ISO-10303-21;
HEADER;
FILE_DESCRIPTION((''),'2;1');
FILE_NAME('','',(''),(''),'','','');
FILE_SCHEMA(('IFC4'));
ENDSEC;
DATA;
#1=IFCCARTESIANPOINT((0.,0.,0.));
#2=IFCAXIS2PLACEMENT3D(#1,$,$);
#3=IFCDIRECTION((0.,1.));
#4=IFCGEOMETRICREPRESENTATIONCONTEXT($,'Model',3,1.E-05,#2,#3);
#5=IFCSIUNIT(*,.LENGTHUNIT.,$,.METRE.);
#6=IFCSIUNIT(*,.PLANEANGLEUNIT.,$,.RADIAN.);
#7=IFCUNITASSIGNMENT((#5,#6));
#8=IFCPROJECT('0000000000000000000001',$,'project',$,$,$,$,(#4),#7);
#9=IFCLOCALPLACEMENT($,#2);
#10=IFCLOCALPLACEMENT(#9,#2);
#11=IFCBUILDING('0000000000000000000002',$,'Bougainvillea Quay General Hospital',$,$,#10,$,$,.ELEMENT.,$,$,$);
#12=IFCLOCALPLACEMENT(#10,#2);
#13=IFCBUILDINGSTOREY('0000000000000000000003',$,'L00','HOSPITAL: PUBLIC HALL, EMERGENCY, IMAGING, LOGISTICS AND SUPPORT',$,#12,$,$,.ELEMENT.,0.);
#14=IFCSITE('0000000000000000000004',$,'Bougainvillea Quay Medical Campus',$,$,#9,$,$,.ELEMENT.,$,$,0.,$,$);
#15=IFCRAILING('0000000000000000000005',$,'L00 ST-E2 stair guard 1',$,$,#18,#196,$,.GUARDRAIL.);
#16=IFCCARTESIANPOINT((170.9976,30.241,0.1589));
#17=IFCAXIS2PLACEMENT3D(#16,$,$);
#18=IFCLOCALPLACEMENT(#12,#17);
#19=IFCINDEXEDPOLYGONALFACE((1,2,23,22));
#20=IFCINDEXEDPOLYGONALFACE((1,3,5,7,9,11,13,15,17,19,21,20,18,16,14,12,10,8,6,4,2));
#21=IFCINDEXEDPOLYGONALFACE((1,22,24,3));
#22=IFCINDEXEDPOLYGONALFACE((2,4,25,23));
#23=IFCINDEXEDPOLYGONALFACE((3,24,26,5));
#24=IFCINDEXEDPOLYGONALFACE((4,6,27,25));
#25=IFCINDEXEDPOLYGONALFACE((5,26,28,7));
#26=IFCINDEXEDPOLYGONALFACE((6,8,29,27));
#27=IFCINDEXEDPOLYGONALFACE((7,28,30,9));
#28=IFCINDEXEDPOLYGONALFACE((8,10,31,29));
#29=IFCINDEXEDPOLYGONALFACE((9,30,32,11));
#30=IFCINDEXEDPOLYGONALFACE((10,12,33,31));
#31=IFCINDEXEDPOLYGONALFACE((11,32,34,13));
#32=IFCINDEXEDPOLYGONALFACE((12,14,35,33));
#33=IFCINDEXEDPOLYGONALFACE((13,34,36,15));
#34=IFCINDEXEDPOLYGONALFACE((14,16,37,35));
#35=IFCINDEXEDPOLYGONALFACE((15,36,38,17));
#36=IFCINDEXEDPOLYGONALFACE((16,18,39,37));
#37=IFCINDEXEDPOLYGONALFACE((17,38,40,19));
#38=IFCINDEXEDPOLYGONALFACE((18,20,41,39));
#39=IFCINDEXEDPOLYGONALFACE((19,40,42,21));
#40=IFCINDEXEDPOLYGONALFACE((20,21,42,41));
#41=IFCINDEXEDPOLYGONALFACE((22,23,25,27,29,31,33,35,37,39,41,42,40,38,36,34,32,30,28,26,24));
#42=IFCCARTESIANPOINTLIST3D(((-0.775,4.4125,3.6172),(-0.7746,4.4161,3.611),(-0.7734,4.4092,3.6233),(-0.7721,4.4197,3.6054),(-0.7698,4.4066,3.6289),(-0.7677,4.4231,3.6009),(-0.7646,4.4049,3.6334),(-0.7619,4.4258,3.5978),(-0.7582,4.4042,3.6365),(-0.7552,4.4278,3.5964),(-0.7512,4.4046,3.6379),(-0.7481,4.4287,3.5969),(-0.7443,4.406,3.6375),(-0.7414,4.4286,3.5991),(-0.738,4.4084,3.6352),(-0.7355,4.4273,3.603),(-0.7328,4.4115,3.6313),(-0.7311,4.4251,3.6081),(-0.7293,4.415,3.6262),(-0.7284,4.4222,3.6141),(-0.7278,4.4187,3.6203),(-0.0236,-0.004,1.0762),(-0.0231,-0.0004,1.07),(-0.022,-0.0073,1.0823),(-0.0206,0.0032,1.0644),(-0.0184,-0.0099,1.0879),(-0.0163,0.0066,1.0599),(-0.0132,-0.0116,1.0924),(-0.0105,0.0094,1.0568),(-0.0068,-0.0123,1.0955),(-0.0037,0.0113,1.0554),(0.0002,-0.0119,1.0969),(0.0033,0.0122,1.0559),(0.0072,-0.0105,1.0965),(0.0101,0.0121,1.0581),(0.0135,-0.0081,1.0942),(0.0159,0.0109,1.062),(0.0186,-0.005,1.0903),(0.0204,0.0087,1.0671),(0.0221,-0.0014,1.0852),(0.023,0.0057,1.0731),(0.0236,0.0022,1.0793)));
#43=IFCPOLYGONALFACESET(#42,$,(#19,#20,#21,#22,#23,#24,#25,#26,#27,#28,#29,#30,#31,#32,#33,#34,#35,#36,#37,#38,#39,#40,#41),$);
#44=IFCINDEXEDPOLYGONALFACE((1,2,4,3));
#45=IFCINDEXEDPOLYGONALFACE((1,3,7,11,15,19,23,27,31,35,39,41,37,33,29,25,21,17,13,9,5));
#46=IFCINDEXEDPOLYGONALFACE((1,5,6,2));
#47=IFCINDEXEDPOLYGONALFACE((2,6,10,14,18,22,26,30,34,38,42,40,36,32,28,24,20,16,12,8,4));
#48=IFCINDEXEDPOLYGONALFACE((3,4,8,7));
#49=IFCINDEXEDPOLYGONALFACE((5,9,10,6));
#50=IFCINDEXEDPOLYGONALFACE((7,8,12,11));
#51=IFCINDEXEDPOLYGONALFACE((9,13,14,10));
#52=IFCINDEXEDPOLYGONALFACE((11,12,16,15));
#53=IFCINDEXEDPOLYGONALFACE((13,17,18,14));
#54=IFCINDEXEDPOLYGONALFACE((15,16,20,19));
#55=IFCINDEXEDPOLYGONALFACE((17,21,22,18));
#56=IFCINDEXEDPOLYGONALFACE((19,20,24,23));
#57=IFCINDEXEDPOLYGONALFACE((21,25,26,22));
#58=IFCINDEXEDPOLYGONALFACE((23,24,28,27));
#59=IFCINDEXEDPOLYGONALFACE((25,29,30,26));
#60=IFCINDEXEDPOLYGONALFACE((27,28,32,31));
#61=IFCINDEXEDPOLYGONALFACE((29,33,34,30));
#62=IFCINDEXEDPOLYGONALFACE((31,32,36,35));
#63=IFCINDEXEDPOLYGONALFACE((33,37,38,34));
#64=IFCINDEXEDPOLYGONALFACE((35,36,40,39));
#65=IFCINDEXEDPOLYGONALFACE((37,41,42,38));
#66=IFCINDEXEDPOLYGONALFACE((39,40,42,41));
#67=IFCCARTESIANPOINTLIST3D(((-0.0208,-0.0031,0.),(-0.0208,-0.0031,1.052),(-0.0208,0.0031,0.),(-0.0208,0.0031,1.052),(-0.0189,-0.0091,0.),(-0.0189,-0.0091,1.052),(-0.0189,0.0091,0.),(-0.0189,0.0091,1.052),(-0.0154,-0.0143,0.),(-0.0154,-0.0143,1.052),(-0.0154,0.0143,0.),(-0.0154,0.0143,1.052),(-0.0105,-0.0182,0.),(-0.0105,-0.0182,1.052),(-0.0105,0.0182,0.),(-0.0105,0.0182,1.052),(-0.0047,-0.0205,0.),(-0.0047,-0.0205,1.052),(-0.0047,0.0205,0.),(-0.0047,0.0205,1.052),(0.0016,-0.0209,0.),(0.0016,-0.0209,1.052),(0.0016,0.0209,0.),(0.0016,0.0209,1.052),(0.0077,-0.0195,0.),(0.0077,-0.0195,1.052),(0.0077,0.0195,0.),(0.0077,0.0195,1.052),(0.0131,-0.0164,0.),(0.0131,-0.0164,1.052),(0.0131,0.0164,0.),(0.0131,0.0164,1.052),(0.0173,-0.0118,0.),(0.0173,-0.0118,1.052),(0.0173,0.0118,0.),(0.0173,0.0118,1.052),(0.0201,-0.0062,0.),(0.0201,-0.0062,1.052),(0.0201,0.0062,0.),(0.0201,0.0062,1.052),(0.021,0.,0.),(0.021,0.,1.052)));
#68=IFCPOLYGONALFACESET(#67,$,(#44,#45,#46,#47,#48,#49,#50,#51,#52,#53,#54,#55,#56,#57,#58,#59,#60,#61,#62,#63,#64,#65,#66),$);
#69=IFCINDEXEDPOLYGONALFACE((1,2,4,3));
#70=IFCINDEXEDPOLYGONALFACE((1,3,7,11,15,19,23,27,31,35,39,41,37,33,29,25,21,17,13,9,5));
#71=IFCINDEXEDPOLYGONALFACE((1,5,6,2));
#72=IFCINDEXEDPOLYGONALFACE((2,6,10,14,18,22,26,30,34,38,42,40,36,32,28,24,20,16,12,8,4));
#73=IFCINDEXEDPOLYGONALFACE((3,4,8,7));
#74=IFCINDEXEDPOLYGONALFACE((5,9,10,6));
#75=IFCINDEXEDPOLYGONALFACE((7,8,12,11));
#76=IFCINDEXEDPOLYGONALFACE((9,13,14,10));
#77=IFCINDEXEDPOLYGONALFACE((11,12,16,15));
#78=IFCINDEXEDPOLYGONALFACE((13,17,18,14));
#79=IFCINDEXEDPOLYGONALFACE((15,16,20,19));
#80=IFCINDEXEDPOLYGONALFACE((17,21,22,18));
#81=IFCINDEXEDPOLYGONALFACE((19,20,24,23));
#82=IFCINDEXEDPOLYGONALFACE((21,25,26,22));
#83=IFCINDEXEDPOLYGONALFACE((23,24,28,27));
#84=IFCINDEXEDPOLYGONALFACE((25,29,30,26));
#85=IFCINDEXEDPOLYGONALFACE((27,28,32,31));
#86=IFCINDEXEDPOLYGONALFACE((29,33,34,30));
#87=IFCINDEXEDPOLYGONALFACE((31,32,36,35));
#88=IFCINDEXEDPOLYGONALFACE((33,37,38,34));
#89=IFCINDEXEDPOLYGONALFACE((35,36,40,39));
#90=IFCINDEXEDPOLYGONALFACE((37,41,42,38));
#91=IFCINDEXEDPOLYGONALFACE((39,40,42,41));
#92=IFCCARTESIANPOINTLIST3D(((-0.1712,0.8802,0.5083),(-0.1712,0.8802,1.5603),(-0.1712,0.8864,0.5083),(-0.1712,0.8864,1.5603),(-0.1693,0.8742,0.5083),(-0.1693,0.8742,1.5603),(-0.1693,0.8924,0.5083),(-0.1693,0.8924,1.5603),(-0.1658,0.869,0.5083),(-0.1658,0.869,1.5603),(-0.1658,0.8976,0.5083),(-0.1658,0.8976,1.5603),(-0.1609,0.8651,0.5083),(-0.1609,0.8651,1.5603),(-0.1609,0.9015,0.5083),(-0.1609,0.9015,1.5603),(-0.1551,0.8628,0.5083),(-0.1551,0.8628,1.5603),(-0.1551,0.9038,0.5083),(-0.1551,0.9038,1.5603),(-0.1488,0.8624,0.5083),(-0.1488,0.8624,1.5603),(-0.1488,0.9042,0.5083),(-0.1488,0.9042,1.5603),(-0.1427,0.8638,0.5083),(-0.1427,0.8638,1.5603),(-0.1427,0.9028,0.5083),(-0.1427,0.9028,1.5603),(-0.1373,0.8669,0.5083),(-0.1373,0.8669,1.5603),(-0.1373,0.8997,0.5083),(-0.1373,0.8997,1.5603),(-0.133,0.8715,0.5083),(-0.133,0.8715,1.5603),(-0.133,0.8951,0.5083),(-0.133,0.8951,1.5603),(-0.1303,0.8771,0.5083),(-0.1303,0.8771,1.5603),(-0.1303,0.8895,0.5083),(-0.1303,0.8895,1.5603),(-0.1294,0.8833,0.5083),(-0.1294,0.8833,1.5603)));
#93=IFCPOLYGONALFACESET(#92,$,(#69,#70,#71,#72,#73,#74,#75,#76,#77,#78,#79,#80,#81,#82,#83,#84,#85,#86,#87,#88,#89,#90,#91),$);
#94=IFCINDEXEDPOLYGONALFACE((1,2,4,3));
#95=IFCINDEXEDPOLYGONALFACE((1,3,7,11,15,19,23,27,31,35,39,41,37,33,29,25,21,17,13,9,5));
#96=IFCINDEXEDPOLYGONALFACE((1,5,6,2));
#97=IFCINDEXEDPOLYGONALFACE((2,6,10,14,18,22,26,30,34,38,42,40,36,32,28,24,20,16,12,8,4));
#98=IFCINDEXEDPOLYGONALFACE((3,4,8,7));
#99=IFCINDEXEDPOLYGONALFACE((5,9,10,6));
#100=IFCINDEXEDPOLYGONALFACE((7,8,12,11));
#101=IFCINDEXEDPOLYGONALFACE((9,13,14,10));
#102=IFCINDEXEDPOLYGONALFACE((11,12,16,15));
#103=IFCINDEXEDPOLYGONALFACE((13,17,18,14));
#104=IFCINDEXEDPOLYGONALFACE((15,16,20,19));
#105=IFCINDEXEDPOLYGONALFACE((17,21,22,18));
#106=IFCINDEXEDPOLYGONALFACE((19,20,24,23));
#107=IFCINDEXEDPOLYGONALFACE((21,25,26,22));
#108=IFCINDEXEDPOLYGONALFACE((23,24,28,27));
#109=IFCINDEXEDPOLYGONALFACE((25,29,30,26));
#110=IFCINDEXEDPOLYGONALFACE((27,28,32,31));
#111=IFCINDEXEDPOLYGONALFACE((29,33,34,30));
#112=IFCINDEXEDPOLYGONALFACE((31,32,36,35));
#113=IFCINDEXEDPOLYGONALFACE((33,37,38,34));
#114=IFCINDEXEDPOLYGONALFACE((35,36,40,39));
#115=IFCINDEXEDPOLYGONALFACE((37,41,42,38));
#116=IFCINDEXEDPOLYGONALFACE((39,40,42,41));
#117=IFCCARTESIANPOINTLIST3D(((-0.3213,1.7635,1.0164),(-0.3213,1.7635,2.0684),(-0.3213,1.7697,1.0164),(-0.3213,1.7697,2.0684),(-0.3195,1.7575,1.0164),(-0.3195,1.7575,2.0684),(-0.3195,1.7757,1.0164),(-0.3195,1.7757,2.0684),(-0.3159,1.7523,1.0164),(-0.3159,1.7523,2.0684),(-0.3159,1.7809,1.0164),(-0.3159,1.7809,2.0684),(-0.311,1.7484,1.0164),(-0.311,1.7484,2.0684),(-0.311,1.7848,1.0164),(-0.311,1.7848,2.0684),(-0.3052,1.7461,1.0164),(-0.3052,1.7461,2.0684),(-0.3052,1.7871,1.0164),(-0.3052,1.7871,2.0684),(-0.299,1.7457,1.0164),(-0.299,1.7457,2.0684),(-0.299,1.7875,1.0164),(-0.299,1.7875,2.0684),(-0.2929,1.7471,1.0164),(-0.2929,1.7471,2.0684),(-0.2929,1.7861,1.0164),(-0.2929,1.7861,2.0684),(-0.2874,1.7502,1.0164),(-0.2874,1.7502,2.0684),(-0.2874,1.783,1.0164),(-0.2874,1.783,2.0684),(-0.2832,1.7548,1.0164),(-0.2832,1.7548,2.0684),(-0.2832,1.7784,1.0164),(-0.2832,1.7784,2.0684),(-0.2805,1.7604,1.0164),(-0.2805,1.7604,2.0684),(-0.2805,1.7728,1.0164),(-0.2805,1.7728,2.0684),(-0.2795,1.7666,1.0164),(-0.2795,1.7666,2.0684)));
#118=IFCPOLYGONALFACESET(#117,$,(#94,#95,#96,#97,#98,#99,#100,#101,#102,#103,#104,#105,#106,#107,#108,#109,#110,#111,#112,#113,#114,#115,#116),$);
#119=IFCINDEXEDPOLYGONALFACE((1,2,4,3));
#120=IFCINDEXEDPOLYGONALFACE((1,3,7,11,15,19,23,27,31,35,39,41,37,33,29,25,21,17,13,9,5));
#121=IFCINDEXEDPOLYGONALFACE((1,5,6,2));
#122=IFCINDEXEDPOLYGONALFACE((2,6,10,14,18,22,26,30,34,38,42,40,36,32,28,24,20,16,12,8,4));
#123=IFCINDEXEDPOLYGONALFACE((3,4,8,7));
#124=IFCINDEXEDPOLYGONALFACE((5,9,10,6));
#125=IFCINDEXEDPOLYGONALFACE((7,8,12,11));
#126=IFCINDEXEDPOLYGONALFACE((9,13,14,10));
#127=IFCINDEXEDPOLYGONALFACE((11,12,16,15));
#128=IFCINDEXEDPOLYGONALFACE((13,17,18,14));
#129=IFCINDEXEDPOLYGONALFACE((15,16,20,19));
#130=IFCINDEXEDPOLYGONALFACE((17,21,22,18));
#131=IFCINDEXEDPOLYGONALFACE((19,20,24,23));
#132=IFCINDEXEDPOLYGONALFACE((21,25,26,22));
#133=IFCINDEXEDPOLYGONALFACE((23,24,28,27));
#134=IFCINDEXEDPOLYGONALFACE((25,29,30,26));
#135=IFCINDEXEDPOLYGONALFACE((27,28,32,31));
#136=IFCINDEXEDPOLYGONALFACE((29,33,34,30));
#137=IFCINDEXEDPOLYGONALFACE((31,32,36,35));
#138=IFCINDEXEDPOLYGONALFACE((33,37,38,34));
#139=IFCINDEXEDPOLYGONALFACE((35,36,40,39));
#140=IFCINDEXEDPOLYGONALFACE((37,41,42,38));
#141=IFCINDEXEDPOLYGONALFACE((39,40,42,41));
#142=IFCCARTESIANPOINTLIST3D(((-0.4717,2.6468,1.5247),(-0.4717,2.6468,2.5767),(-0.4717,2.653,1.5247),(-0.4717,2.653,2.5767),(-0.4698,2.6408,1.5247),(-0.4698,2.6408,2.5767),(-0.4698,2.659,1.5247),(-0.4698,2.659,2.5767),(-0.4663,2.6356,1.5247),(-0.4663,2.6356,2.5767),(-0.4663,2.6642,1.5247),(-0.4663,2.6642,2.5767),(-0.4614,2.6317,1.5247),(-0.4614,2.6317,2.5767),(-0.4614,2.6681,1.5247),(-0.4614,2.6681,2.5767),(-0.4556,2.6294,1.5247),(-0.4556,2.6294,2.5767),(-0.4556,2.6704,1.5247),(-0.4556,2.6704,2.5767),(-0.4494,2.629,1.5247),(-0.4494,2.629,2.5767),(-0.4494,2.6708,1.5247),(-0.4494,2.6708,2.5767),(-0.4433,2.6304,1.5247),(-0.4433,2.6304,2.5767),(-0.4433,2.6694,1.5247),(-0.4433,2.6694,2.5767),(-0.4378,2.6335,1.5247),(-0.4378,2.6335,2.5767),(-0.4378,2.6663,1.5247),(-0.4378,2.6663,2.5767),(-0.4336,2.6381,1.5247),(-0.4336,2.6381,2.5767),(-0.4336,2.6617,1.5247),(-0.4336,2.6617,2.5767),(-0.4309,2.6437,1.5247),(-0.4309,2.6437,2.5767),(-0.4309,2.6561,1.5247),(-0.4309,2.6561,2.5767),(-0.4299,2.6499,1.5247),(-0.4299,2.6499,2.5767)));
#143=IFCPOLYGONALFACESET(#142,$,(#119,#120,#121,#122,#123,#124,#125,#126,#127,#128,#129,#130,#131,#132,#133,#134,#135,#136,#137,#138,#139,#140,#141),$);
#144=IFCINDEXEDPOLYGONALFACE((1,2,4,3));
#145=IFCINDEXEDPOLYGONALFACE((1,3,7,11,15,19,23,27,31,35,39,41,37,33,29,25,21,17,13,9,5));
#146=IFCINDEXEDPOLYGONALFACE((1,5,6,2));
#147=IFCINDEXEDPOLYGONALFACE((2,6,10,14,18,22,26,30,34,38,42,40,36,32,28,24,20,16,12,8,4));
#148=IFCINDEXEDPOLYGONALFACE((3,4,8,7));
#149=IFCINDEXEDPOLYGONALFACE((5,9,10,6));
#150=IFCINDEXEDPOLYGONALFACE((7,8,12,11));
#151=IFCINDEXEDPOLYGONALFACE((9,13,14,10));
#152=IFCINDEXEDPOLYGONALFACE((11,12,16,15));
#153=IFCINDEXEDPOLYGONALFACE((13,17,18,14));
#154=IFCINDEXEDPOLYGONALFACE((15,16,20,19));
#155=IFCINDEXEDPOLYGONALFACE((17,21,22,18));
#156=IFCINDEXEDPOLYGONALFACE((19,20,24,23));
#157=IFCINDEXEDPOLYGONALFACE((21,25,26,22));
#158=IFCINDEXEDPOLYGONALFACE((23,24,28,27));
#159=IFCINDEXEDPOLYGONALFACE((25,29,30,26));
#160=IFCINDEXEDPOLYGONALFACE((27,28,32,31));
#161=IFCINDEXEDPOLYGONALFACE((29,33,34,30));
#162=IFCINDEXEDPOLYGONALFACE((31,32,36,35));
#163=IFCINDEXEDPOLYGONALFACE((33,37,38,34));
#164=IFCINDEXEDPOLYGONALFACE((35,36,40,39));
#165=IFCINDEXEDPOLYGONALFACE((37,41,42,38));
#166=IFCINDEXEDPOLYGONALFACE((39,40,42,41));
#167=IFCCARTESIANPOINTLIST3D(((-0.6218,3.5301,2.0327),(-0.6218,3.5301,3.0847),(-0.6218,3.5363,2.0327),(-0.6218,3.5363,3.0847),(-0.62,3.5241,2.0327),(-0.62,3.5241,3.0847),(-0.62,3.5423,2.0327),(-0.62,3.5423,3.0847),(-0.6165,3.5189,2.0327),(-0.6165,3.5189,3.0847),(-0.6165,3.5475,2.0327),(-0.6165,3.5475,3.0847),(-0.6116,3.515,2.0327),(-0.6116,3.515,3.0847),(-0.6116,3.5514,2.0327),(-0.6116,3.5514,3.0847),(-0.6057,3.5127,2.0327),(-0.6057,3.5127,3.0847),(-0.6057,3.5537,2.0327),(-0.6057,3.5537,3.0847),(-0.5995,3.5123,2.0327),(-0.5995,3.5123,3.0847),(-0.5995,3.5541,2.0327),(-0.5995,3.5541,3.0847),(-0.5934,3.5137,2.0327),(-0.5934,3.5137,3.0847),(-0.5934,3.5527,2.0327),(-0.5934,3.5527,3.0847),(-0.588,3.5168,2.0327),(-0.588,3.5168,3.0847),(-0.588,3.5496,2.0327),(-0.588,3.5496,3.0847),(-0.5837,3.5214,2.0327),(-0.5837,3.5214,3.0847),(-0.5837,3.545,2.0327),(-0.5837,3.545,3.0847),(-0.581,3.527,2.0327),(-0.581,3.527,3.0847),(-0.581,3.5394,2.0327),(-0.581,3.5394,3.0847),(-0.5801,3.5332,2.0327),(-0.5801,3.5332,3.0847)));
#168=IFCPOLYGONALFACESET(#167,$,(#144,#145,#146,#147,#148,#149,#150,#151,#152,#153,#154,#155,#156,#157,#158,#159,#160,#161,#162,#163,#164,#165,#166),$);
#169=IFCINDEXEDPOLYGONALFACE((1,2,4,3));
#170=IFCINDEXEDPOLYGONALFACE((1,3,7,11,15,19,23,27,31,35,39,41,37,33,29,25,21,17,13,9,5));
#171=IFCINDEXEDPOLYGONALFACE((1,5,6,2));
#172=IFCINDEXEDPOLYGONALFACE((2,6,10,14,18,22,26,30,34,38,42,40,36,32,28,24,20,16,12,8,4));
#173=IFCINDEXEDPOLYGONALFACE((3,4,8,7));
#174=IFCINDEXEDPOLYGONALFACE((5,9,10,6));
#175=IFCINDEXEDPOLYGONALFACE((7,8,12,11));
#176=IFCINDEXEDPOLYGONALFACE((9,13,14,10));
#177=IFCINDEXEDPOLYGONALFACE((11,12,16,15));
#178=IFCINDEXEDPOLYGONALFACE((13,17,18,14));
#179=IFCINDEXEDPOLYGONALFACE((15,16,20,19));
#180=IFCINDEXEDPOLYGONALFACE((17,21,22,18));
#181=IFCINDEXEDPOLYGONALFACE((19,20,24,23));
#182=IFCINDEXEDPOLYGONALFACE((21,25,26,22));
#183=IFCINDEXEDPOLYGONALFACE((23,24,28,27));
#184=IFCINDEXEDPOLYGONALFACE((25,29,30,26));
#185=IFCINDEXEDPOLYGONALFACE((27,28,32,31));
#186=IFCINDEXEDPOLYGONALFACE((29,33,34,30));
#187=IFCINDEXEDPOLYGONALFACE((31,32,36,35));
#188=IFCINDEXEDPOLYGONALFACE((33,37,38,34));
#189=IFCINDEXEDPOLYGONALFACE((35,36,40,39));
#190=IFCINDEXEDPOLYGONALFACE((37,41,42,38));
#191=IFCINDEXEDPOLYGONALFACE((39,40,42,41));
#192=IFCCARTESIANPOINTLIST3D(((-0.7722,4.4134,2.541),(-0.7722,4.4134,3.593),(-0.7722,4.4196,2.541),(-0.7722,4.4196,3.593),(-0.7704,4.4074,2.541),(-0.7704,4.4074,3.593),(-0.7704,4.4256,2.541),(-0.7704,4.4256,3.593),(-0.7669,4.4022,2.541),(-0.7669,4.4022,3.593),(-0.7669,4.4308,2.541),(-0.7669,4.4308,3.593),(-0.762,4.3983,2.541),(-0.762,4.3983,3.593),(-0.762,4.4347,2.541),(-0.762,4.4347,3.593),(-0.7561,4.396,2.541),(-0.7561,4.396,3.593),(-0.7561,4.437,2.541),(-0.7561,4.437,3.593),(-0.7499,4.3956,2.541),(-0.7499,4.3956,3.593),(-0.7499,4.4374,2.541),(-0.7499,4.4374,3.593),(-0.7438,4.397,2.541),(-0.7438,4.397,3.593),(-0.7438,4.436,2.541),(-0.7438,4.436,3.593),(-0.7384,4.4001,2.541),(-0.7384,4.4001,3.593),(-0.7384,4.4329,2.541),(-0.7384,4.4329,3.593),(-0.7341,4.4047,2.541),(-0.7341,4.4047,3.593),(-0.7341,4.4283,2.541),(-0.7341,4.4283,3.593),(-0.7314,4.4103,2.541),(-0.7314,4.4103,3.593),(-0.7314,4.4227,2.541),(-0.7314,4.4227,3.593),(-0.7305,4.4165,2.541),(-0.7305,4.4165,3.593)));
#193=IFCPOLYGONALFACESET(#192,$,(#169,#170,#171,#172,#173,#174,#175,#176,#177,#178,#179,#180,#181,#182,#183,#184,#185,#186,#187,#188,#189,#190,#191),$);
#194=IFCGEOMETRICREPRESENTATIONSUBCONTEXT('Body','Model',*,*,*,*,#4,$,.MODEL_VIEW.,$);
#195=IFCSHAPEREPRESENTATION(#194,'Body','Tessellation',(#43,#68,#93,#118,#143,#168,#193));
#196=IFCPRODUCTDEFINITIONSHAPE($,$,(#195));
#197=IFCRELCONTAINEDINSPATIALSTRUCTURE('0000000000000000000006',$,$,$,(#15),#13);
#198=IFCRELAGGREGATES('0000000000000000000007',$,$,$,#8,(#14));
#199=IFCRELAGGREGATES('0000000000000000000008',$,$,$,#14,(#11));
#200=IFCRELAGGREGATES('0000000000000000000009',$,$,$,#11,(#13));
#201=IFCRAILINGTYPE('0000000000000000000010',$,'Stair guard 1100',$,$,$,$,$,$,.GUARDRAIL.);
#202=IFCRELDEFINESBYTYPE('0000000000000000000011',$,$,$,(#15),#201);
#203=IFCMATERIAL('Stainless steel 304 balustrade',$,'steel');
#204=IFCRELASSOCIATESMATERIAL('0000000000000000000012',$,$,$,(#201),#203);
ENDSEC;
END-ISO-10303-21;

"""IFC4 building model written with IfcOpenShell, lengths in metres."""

from ifc_helpers import new_model, si_unit, direction, frame, origin, origin_2d, place, context, subcontext, project, spatial, circle, extrude, material, type_object, element, save


model = new_model("IFC4")

# Units and contexts
model_context = context("Model", 3, precision=1e-05, world=origin(), true_north=direction((0.0, 1.0)))
body_context = subcontext(model_context, "Body", "Model", "MODEL_VIEW")
ifc_project = project(units=[si_unit("LENGTHUNIT", "METRE"), si_unit("PLANEANGLEUNIT", "RADIAN")], contexts=[model_context])

# Site, building, storey
site_placement = place(None, origin())
site = spatial("IfcSite", under=ifc_project, at=site_placement, Name="Bougainvillea Quay Medical Campus", CompositionType="ELEMENT", RefElevation=0.0)
building_placement = place(site_placement, origin())
building = spatial("IfcBuilding", under=site, at=building_placement, Name="Bougainvillea Quay General Hospital", CompositionType="ELEMENT")
storey_placement = place(building_placement, origin())
storey = spatial("IfcBuildingStorey", under=building, at=storey_placement, Name="L00", Description="HOSPITAL: PUBLIC HALL, EMERGENCY, IMAGING, LOGISTICS AND SUPPORT", CompositionType="ELEMENT", Elevation=0.0)

# Railing
ifc_material_1 = material(Name="Stainless steel 304 balustrade", Category="steel")
railing_type = type_object("IfcRailingType", Name="Stair guard 1100", PredefinedType="GUARDRAIL", material=ifc_material_1)
railing_1_placement = place(storey_placement, frame((170.9976, 30.241, 0.1589)))
element("IfcRailing", 1, at=railing_1_placement, inside=storey, type_object=railing_type, Name="L00 ST-E2 stair guard 1", PredefinedType="GUARDRAIL", context=body_context, shape_type="SweptSolid", body=[
    extrude(circle(Radius=0.0239, at=origin_2d()), frame((0.0, 0.0, 1.0762), z_axis=(-0.145903, 0.857501, 0.49336), x_axis=(-0.985832, -0.167738, 0.0)), (0.0, 0.0, 1.0), 5.1504),
    extrude(circle(Radius=0.021, at=origin_2d()), origin(), (0.0, 0.0, 1.0), 1.052),
    extrude(circle(Radius=0.021, at=origin_2d()), frame((-0.1504, 0.8833, 0.5083)), (0.0, 0.0, 1.0), 1.052),
    extrude(circle(Radius=0.021, at=origin_2d()), frame((-0.3005, 1.7666, 1.0164)), (0.0, 0.0, 1.0), 1.052),
    extrude(circle(Radius=0.021, at=origin_2d()), frame((-0.4509, 2.6499, 1.5247)), (0.0, 0.0, 1.0), 1.052),
    extrude(circle(Radius=0.021, at=origin_2d()), frame((-0.6011, 3.5332, 2.0327)), (0.0, 0.0, 1.0), 1.052),
    extrude(circle(Radius=0.021, at=origin_2d()), frame((-0.7515, 4.4165, 2.541)), (0.0, 0.0, 1.0), 1.052),
])

save(model, "model.ifc")
